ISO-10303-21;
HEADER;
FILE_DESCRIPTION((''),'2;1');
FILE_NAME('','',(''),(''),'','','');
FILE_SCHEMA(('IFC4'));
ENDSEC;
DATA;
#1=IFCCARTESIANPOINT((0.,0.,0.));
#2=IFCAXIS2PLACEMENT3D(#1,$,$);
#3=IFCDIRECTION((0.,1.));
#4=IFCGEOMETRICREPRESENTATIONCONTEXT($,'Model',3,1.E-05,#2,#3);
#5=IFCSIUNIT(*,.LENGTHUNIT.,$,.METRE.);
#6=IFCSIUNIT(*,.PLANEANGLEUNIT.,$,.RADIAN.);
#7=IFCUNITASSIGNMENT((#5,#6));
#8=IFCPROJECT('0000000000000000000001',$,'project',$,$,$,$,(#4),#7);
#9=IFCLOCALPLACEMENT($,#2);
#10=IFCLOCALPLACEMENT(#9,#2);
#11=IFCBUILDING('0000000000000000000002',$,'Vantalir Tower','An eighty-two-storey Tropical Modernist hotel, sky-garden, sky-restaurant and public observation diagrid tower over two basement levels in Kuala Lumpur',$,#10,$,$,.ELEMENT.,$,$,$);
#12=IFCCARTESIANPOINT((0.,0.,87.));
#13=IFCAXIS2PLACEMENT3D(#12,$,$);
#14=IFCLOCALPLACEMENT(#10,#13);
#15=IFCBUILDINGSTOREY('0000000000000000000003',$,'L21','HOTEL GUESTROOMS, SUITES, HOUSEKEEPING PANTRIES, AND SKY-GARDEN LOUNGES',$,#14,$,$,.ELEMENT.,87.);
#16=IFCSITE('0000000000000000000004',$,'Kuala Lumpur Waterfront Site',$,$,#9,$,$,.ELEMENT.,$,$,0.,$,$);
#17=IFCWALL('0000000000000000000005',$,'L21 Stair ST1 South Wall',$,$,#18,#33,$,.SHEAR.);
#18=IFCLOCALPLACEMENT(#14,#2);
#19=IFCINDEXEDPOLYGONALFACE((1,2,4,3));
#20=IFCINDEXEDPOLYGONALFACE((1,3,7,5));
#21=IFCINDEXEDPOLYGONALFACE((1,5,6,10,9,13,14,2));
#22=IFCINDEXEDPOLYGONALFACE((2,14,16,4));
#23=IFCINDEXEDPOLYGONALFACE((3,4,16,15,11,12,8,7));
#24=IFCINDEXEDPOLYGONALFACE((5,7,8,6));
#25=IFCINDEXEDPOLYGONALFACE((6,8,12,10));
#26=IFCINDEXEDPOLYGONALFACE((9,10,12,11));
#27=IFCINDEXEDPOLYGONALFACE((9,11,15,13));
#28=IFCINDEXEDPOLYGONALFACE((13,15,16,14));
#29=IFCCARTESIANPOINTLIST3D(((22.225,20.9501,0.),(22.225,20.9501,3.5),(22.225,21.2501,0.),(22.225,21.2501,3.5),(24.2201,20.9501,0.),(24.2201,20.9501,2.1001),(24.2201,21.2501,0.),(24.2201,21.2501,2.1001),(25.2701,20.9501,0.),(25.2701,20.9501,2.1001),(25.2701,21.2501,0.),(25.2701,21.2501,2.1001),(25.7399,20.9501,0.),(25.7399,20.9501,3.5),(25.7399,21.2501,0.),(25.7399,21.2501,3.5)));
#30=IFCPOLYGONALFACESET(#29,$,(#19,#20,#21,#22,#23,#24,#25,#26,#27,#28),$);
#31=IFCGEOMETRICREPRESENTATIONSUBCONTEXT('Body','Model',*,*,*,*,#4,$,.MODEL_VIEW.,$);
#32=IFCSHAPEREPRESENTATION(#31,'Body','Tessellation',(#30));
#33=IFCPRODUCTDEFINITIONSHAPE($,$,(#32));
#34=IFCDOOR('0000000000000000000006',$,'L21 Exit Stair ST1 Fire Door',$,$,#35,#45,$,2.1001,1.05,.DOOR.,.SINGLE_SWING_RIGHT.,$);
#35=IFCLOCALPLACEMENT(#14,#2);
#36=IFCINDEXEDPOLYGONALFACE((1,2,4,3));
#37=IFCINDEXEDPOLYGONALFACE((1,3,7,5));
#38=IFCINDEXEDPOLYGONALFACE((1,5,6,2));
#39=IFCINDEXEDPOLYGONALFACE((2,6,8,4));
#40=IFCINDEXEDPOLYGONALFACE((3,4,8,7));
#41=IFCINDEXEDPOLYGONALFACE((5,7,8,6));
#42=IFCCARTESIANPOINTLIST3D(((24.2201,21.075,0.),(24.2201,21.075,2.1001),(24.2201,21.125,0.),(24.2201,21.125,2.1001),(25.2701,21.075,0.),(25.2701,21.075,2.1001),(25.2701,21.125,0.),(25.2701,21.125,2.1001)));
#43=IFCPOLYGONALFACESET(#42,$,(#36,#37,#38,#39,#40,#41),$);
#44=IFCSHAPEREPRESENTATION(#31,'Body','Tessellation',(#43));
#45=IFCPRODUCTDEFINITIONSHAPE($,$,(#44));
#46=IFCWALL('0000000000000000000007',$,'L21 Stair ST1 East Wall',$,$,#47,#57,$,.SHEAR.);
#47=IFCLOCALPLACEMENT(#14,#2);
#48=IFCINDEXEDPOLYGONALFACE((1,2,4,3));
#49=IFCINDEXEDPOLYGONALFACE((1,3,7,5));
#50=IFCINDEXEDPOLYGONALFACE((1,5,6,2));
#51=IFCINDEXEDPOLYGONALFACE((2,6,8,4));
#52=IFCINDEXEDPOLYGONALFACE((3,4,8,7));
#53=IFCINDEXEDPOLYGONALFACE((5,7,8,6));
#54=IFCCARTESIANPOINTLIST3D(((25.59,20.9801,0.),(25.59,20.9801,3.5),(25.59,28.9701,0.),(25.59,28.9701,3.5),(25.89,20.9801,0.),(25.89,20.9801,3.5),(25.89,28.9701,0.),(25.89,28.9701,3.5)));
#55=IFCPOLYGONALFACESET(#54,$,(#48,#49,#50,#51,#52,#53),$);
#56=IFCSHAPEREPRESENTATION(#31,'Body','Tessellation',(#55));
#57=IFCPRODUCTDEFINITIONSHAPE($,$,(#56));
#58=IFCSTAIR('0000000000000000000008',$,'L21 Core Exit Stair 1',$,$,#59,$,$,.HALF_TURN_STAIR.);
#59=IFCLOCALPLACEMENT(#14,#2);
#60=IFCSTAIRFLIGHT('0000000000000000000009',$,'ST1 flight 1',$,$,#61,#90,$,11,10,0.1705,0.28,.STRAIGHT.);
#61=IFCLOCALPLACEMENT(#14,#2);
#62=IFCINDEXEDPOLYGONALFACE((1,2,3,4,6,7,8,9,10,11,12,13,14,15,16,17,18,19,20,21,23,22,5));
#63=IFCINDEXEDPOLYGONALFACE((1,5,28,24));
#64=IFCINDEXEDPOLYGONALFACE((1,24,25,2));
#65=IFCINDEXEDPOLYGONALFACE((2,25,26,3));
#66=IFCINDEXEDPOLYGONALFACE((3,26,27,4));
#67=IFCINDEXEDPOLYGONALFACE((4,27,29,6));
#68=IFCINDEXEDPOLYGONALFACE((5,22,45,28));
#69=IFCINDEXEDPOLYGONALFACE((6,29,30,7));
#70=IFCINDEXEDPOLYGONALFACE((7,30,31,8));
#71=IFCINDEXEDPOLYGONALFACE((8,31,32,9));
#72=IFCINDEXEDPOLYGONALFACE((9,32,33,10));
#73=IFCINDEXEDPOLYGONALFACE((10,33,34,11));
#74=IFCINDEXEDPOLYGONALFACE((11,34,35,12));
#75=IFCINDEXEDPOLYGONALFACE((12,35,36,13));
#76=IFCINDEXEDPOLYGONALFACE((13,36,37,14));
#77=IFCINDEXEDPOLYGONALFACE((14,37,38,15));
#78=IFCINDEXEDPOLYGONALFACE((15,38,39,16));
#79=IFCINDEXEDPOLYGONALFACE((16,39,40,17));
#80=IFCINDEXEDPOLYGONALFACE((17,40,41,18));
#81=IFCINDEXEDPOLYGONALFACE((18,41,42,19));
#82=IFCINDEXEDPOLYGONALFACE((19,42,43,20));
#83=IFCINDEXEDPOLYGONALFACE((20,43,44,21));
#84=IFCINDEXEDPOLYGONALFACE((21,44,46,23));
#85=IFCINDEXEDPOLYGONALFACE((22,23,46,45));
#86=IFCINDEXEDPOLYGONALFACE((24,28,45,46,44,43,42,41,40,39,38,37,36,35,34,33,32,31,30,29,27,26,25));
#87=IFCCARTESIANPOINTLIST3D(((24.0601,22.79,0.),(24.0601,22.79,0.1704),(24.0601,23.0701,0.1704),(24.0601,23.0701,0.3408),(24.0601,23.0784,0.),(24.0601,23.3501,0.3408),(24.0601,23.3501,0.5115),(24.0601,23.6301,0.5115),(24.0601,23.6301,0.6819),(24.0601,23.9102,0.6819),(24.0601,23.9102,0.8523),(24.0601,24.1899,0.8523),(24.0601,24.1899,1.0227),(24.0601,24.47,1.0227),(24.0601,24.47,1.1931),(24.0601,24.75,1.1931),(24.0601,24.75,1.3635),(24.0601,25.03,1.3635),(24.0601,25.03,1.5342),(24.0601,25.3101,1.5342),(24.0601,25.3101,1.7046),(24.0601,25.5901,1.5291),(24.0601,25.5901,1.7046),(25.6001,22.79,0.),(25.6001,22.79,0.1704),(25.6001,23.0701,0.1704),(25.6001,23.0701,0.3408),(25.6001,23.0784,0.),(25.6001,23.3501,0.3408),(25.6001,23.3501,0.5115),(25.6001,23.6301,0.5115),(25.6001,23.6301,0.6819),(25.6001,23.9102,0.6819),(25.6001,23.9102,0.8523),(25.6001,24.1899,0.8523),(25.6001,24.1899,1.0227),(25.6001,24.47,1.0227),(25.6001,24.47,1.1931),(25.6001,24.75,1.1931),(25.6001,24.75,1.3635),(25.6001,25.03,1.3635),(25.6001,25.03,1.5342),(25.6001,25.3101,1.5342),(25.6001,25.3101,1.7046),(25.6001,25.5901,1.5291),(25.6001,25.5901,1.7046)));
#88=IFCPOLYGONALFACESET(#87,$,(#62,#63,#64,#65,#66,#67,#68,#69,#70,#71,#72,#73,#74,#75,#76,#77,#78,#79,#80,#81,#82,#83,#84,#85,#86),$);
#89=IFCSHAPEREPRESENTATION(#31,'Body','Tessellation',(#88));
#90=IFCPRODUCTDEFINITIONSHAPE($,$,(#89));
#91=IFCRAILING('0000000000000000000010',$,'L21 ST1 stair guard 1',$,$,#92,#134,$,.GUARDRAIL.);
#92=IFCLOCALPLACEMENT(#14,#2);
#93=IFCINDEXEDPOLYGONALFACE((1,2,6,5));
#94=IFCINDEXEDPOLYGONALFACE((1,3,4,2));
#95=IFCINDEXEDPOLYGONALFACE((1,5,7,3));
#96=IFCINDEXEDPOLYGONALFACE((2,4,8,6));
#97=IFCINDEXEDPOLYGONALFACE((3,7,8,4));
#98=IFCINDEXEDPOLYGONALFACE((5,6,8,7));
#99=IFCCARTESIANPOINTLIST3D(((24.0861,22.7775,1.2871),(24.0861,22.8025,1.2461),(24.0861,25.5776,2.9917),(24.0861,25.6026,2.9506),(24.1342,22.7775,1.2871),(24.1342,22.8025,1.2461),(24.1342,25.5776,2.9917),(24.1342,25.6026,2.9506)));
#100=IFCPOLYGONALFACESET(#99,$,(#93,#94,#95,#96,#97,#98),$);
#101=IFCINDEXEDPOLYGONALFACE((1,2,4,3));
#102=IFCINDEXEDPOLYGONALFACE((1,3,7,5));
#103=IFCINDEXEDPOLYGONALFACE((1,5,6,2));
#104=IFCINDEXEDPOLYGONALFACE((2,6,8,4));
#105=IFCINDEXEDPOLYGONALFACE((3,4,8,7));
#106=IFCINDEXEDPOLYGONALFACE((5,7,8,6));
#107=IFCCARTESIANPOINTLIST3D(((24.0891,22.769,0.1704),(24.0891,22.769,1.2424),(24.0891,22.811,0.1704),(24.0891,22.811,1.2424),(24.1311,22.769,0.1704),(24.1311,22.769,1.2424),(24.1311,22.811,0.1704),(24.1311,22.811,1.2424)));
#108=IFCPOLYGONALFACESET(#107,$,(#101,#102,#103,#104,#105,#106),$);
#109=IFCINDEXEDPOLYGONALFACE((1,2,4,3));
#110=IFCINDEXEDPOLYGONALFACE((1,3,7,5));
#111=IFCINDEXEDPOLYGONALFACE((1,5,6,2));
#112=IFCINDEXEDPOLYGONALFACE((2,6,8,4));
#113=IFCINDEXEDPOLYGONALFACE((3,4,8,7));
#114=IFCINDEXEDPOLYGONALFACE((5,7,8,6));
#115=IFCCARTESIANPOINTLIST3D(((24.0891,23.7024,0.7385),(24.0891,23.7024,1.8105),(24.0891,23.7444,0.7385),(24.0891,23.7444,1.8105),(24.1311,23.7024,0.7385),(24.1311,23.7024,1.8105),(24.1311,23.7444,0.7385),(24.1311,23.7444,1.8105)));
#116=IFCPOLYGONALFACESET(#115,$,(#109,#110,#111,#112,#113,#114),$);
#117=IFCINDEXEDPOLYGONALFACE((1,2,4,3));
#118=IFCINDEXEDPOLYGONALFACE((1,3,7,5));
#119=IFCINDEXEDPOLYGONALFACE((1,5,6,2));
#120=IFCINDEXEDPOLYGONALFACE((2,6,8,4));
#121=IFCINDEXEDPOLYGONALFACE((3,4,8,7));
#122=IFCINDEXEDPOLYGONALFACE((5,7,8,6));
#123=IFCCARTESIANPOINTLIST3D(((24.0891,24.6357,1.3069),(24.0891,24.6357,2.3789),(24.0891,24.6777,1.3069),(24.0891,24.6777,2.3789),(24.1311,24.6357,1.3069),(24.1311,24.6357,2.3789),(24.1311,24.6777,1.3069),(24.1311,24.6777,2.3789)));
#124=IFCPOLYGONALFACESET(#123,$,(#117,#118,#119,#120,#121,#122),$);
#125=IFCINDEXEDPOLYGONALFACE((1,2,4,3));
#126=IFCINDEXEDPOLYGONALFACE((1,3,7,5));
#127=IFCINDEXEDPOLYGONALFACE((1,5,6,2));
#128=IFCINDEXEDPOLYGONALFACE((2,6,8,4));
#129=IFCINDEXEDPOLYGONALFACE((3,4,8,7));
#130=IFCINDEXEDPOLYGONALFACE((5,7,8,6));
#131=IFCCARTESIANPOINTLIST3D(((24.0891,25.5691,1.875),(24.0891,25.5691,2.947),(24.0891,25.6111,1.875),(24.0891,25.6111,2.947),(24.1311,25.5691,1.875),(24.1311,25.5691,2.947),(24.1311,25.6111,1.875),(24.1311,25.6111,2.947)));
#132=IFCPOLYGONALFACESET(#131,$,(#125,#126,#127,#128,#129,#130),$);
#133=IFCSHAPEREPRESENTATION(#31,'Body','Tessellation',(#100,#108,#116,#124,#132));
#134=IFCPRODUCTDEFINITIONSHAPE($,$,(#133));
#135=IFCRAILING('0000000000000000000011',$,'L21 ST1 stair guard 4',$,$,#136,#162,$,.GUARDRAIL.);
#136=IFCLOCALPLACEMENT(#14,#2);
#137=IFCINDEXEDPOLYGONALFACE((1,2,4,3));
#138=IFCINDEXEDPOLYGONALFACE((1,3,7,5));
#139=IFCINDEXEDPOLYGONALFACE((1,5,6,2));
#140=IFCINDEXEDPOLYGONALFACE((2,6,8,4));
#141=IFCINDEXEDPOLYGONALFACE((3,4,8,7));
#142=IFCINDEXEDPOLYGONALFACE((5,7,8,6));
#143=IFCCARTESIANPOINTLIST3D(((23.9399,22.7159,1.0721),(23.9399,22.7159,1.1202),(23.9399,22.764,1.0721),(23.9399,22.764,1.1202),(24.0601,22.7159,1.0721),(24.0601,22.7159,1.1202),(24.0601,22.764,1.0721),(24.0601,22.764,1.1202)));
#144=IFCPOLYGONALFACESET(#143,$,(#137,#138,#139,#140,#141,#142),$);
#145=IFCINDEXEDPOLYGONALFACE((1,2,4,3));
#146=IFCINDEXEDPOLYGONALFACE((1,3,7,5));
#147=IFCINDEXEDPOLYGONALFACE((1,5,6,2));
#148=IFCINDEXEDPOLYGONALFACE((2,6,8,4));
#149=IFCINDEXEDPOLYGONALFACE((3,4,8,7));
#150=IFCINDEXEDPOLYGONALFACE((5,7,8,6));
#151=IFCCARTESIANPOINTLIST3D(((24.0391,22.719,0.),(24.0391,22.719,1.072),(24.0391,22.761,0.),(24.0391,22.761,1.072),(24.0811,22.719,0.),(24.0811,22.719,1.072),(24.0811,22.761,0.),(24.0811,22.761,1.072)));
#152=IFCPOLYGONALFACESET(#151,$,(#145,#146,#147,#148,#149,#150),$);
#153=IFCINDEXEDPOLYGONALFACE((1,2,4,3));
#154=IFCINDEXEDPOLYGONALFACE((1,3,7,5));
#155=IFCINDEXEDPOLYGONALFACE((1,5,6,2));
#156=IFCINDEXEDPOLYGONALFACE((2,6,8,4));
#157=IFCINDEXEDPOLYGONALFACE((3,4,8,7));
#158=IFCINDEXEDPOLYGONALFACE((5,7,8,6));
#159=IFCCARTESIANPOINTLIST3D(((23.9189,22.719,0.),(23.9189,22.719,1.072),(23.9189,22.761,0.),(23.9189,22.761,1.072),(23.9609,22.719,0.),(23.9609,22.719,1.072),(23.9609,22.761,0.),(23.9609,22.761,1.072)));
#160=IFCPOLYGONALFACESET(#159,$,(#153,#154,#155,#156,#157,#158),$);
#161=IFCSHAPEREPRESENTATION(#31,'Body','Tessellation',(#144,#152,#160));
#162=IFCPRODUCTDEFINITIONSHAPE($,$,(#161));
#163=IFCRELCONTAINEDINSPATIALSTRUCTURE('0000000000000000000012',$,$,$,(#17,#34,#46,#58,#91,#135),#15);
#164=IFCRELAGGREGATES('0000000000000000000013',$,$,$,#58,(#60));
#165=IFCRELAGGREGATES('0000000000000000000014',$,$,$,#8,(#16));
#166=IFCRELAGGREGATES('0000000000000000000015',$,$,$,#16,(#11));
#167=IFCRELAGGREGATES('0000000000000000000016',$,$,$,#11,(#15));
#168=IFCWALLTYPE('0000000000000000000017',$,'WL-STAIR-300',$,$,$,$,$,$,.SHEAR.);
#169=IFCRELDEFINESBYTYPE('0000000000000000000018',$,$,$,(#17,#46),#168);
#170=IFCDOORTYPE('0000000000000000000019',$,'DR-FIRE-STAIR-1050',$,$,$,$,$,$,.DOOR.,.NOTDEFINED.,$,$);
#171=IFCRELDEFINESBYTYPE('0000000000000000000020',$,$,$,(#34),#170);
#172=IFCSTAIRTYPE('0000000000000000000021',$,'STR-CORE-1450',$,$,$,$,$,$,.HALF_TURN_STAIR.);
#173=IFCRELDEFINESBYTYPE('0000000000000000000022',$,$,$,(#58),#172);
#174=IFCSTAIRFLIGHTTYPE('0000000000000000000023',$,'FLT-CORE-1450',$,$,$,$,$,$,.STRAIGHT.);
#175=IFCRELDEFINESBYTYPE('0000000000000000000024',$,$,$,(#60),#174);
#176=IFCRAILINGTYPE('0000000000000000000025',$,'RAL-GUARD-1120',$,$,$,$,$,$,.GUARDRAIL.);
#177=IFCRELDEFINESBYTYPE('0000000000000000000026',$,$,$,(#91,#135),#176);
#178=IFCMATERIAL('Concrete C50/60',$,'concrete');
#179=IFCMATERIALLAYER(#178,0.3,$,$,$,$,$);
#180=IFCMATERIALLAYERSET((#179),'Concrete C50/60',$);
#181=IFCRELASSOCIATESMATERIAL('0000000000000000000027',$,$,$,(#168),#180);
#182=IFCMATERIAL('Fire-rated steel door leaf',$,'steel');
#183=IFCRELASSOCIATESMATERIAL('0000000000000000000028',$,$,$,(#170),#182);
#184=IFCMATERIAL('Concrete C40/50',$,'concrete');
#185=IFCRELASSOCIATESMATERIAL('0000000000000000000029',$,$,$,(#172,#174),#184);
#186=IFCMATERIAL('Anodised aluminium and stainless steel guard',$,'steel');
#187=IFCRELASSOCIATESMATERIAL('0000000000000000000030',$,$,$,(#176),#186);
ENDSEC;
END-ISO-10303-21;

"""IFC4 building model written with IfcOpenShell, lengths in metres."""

from ifc_helpers import new_model, si_unit, direction, frame, frame_2d, origin, origin_2d, place, context, subcontext, project, spatial, polyline, rectangle, outline, extrude, material, layer, layer_set, type_object, element, fill, aggregate, save


model = new_model("IFC4")

# Units and contexts
model_context = context("Model", 3, precision=1e-05, world=origin(), true_north=direction((0.0, 1.0)))
body_context = subcontext(model_context, "Body", "Model", "MODEL_VIEW")
ifc_project = project(units=[si_unit("LENGTHUNIT", "METRE"), si_unit("PLANEANGLEUNIT", "RADIAN")], contexts=[model_context])

# Site, building, storey
site_placement = place(None, origin())
site = spatial("IfcSite", under=ifc_project, at=site_placement, Name="Kuala Lumpur Waterfront Site", CompositionType="ELEMENT", RefElevation=0.0)
building_placement = place(site_placement, origin())
building = spatial("IfcBuilding", under=site, at=building_placement, Name="Vantalir Tower", Description="An eighty-two-storey Tropical Modernist hotel, sky-garden, sky-restaurant and public observation diagrid tower over two basement levels in Kuala Lumpur", CompositionType="ELEMENT")
storey_placement = place(building_placement, frame((0.0, 0.0, 87.0)))
storey = spatial("IfcBuildingStorey", under=building, at=storey_placement, Name="L21", Description="HOTEL GUESTROOMS, SUITES, HOUSEKEEPING PANTRIES, AND SKY-GARDEN LOUNGES", CompositionType="ELEMENT", Elevation=87.0)

# Wall, opening, door
ifc_material_1 = material(Name="Concrete C50/60", Category="concrete")
ifc_layer_1 = layer(ifc_material_1, 0.3)
ifc_layer_set_1 = layer_set([ifc_layer_1], Name="Concrete C50/60")
wall_type_1 = type_object("IfcWallType", Name="WL-STAIR-300", PredefinedType="SHEAR", material=ifc_layer_set_1)
wall_1_placement = place(storey_placement, frame((22.2251, 21.1001, 0.0), z_axis=(0.0, 0.0, 1.0), x_axis=(1.0, 0.0, 0.0)))
wall_1 = element("IfcWall", 1, at=wall_1_placement, inside=storey, type_object=wall_type_1, Name="L21 Stair ST1 South Wall", PredefinedType="SHEAR", context=body_context, shape_type="SweptSolid", body=[
    extrude(rectangle(XDim=3.5149, YDim=0.3, at=frame_2d((1.7573, 0.0))), origin(), (0.0, 0.0, 1.0), 3.5),
])
opening_1_placement = place(wall_1_placement, frame((1.9951, 0.0, 0.0)))
opening_1 = element("IfcOpeningElement", 2, at=opening_1_placement, cuts=wall_1, PredefinedType="OPENING", context=body_context, shape_type="SweptSolid", body=[
    extrude(rectangle(XDim=1.05, YDim=2.1001, at=frame_2d((0.5249, 1.05))), frame((0.0, 0.1599, 0.0), z_axis=(0.0, -1.0, 0.0), x_axis=(1.0, 0.0, 0.0)), (0.0, 0.0, 1.0), 0.3201),
])
ifc_material_2 = material(Name="Fire-rated steel door leaf", Category="steel")
door_type_1 = type_object("IfcDoorType", Name="DR-FIRE-STAIR-1050", OperationType="NOTDEFINED", PredefinedType="DOOR", material=ifc_material_2)
door_1_placement = place(opening_1_placement, origin())
door_1 = element("IfcDoor", 3, at=door_1_placement, inside=storey, type_object=door_type_1, Name="L21 Exit Stair ST1 Fire Door", OperationType="SINGLE_SWING_RIGHT", OverallHeight=2.1001, OverallWidth=1.05, PredefinedType="DOOR", context=body_context, shape_type="SweptSolid", body=[
    extrude(rectangle(XDim=1.05, YDim=2.1001, at=frame_2d((0.5249, 1.05))), frame((0.0, 0.0249, 0.0), z_axis=(0.0, -1.0, 0.0), x_axis=(1.0, 0.0, 0.0)), (0.0, 0.0, 1.0), 0.05),
])
fill(opening_1, door_1)

# Wall
wall_2_placement = place(storey_placement, frame((25.74, 20.98, 0.0), z_axis=(0.0, 0.0, 1.0), x_axis=(0.0, 1.0, 0.0)))
element("IfcWall", 4, at=wall_2_placement, inside=storey, type_object=wall_type_1, Name="L21 Stair ST1 East Wall", PredefinedType="SHEAR", context=body_context, shape_type="SweptSolid", body=[
    extrude(rectangle(XDim=7.99, YDim=0.3, at=frame_2d((3.9951, 0.0))), origin(), (0.0, 0.0, 1.0), 3.5),
])

# Stair, stair flight
ifc_material_3 = material(Name="Concrete C40/50", Category="concrete")
stair_type = type_object("IfcStairType", Name="STR-CORE-1450", PredefinedType="HALF_TURN_STAIR", material=ifc_material_3)
stair_placement = place(storey_placement, origin())
stair = element("IfcStair", 5, at=stair_placement, inside=storey, type_object=stair_type, Name="L21 Core Exit Stair 1", PredefinedType="HALF_TURN_STAIR")
stair_flight_type = type_object("IfcStairFlightType", Name="FLT-CORE-1450", PredefinedType="STRAIGHT", material=ifc_material_3)
stair_flight_placement = place(storey_placement, frame((24.8301, 22.79, 0.0), z_axis=(0.0, 0.0, 1.0), x_axis=(0.0, 1.0, 0.0)))
stair_flight = element("IfcStairFlight", 6, at=stair_flight_placement, type_object=stair_flight_type, Name="ST1 flight 1", NumberOfRisers=11, NumberOfTreads=10, PredefinedType="STRAIGHT", RiserHeight=0.1705, TreadLength=0.28, context=body_context, shape_type="SweptSolid", body=[
    extrude(outline(polyline([(0.0, 0.0), (0.0, 0.1704), (0.28, 0.1704), (0.28, 0.3408), (0.5601, 0.3408), (0.5601, 0.5115), (0.8401, 0.5115), (0.8401, 0.6819), (1.1201, 0.6819), (1.1201, 0.8523), (1.3999, 0.8523), (1.3999, 1.0227), (1.6799, 1.0227), (1.6799, 1.1931), (1.96, 1.1931), (1.96, 1.3635), (2.24, 1.3635), (2.24, 1.5342), (2.52, 1.5342), (2.52, 1.7046), (2.8, 1.7046), (2.8, 1.875), (2.8, 1.5291), (0.2883, 0.0), (0.0, 0.0)])), frame((0.0, 0.77, 0.0), z_axis=(0.0, -1.0, 0.0), x_axis=(1.0, 0.0, 0.0)), (0.0, 0.0, 1.0), 1.54),
])
aggregate(stair, [stair_flight])

# Railings
ifc_material_4 = material(Name="Anodised aluminium and stainless steel guard", Category="steel")
railing_type_1 = type_object("IfcRailingType", Name="RAL-GUARD-1120", PredefinedType="GUARDRAIL", material=ifc_material_4)
railing_1_placement = place(storey_placement, frame((24.1101, 22.79, 0.1704)))
element("IfcRailing", 7, at=railing_1_placement, inside=storey, type_object=railing_type_1, Name="L21 ST1 stair guard 1", PredefinedType="GUARDRAIL", context=body_context, shape_type="SweptSolid", body=[
    extrude(rectangle(XDim=0.0481, YDim=0.0481, at=origin_2d()), frame((0.0, 0.0, 1.0962), z_axis=(0.0, 0.85417, 0.519994), x_axis=(-1.0, 0.0, 0.0)), (0.0, 0.0, 1.0), 3.2781),
    extrude(rectangle(XDim=0.042, YDim=0.042, at=origin_2d()), origin(), (0.0, 0.0, 1.0), 1.072),
    extrude(rectangle(XDim=0.042, YDim=0.042, at=origin_2d()), frame((0.0, 0.9333, 0.5681)), (0.0, 0.0, 1.0), 1.072),
    extrude(rectangle(XDim=0.042, YDim=0.042, at=origin_2d()), frame((0.0, 1.8667, 1.1365)), (0.0, 0.0, 1.0), 1.072),
    extrude(rectangle(XDim=0.042, YDim=0.042, at=origin_2d()), frame((0.0, 2.8, 1.7046)), (0.0, 0.0, 1.0), 1.072),
])
railing_2_placement = place(storey_placement, frame((24.0601, 22.74, 0.0)))
element("IfcRailing", 8, at=railing_2_placement, inside=storey, type_object=railing_type_1, Name="L21 ST1 stair guard 4", PredefinedType="GUARDRAIL", context=body_context, shape_type="SweptSolid", body=[
    extrude(rectangle(XDim=0.0481, YDim=0.0481, at=origin_2d()), frame((0.0, 0.0, 1.0962), z_axis=(-1.0, 0.0, 0.0), x_axis=(0.0, -1.0, 0.0)), (0.0, 0.0, 1.0), 0.1201),
    extrude(rectangle(XDim=0.042, YDim=0.042, at=origin_2d()), origin(), (0.0, 0.0, 1.0), 1.072),
    extrude(rectangle(XDim=0.042, YDim=0.042, at=origin_2d()), frame((-0.1201, 0.0, 0.0)), (0.0, 0.0, 1.0), 1.072),
])

save(model, "model.ifc")
